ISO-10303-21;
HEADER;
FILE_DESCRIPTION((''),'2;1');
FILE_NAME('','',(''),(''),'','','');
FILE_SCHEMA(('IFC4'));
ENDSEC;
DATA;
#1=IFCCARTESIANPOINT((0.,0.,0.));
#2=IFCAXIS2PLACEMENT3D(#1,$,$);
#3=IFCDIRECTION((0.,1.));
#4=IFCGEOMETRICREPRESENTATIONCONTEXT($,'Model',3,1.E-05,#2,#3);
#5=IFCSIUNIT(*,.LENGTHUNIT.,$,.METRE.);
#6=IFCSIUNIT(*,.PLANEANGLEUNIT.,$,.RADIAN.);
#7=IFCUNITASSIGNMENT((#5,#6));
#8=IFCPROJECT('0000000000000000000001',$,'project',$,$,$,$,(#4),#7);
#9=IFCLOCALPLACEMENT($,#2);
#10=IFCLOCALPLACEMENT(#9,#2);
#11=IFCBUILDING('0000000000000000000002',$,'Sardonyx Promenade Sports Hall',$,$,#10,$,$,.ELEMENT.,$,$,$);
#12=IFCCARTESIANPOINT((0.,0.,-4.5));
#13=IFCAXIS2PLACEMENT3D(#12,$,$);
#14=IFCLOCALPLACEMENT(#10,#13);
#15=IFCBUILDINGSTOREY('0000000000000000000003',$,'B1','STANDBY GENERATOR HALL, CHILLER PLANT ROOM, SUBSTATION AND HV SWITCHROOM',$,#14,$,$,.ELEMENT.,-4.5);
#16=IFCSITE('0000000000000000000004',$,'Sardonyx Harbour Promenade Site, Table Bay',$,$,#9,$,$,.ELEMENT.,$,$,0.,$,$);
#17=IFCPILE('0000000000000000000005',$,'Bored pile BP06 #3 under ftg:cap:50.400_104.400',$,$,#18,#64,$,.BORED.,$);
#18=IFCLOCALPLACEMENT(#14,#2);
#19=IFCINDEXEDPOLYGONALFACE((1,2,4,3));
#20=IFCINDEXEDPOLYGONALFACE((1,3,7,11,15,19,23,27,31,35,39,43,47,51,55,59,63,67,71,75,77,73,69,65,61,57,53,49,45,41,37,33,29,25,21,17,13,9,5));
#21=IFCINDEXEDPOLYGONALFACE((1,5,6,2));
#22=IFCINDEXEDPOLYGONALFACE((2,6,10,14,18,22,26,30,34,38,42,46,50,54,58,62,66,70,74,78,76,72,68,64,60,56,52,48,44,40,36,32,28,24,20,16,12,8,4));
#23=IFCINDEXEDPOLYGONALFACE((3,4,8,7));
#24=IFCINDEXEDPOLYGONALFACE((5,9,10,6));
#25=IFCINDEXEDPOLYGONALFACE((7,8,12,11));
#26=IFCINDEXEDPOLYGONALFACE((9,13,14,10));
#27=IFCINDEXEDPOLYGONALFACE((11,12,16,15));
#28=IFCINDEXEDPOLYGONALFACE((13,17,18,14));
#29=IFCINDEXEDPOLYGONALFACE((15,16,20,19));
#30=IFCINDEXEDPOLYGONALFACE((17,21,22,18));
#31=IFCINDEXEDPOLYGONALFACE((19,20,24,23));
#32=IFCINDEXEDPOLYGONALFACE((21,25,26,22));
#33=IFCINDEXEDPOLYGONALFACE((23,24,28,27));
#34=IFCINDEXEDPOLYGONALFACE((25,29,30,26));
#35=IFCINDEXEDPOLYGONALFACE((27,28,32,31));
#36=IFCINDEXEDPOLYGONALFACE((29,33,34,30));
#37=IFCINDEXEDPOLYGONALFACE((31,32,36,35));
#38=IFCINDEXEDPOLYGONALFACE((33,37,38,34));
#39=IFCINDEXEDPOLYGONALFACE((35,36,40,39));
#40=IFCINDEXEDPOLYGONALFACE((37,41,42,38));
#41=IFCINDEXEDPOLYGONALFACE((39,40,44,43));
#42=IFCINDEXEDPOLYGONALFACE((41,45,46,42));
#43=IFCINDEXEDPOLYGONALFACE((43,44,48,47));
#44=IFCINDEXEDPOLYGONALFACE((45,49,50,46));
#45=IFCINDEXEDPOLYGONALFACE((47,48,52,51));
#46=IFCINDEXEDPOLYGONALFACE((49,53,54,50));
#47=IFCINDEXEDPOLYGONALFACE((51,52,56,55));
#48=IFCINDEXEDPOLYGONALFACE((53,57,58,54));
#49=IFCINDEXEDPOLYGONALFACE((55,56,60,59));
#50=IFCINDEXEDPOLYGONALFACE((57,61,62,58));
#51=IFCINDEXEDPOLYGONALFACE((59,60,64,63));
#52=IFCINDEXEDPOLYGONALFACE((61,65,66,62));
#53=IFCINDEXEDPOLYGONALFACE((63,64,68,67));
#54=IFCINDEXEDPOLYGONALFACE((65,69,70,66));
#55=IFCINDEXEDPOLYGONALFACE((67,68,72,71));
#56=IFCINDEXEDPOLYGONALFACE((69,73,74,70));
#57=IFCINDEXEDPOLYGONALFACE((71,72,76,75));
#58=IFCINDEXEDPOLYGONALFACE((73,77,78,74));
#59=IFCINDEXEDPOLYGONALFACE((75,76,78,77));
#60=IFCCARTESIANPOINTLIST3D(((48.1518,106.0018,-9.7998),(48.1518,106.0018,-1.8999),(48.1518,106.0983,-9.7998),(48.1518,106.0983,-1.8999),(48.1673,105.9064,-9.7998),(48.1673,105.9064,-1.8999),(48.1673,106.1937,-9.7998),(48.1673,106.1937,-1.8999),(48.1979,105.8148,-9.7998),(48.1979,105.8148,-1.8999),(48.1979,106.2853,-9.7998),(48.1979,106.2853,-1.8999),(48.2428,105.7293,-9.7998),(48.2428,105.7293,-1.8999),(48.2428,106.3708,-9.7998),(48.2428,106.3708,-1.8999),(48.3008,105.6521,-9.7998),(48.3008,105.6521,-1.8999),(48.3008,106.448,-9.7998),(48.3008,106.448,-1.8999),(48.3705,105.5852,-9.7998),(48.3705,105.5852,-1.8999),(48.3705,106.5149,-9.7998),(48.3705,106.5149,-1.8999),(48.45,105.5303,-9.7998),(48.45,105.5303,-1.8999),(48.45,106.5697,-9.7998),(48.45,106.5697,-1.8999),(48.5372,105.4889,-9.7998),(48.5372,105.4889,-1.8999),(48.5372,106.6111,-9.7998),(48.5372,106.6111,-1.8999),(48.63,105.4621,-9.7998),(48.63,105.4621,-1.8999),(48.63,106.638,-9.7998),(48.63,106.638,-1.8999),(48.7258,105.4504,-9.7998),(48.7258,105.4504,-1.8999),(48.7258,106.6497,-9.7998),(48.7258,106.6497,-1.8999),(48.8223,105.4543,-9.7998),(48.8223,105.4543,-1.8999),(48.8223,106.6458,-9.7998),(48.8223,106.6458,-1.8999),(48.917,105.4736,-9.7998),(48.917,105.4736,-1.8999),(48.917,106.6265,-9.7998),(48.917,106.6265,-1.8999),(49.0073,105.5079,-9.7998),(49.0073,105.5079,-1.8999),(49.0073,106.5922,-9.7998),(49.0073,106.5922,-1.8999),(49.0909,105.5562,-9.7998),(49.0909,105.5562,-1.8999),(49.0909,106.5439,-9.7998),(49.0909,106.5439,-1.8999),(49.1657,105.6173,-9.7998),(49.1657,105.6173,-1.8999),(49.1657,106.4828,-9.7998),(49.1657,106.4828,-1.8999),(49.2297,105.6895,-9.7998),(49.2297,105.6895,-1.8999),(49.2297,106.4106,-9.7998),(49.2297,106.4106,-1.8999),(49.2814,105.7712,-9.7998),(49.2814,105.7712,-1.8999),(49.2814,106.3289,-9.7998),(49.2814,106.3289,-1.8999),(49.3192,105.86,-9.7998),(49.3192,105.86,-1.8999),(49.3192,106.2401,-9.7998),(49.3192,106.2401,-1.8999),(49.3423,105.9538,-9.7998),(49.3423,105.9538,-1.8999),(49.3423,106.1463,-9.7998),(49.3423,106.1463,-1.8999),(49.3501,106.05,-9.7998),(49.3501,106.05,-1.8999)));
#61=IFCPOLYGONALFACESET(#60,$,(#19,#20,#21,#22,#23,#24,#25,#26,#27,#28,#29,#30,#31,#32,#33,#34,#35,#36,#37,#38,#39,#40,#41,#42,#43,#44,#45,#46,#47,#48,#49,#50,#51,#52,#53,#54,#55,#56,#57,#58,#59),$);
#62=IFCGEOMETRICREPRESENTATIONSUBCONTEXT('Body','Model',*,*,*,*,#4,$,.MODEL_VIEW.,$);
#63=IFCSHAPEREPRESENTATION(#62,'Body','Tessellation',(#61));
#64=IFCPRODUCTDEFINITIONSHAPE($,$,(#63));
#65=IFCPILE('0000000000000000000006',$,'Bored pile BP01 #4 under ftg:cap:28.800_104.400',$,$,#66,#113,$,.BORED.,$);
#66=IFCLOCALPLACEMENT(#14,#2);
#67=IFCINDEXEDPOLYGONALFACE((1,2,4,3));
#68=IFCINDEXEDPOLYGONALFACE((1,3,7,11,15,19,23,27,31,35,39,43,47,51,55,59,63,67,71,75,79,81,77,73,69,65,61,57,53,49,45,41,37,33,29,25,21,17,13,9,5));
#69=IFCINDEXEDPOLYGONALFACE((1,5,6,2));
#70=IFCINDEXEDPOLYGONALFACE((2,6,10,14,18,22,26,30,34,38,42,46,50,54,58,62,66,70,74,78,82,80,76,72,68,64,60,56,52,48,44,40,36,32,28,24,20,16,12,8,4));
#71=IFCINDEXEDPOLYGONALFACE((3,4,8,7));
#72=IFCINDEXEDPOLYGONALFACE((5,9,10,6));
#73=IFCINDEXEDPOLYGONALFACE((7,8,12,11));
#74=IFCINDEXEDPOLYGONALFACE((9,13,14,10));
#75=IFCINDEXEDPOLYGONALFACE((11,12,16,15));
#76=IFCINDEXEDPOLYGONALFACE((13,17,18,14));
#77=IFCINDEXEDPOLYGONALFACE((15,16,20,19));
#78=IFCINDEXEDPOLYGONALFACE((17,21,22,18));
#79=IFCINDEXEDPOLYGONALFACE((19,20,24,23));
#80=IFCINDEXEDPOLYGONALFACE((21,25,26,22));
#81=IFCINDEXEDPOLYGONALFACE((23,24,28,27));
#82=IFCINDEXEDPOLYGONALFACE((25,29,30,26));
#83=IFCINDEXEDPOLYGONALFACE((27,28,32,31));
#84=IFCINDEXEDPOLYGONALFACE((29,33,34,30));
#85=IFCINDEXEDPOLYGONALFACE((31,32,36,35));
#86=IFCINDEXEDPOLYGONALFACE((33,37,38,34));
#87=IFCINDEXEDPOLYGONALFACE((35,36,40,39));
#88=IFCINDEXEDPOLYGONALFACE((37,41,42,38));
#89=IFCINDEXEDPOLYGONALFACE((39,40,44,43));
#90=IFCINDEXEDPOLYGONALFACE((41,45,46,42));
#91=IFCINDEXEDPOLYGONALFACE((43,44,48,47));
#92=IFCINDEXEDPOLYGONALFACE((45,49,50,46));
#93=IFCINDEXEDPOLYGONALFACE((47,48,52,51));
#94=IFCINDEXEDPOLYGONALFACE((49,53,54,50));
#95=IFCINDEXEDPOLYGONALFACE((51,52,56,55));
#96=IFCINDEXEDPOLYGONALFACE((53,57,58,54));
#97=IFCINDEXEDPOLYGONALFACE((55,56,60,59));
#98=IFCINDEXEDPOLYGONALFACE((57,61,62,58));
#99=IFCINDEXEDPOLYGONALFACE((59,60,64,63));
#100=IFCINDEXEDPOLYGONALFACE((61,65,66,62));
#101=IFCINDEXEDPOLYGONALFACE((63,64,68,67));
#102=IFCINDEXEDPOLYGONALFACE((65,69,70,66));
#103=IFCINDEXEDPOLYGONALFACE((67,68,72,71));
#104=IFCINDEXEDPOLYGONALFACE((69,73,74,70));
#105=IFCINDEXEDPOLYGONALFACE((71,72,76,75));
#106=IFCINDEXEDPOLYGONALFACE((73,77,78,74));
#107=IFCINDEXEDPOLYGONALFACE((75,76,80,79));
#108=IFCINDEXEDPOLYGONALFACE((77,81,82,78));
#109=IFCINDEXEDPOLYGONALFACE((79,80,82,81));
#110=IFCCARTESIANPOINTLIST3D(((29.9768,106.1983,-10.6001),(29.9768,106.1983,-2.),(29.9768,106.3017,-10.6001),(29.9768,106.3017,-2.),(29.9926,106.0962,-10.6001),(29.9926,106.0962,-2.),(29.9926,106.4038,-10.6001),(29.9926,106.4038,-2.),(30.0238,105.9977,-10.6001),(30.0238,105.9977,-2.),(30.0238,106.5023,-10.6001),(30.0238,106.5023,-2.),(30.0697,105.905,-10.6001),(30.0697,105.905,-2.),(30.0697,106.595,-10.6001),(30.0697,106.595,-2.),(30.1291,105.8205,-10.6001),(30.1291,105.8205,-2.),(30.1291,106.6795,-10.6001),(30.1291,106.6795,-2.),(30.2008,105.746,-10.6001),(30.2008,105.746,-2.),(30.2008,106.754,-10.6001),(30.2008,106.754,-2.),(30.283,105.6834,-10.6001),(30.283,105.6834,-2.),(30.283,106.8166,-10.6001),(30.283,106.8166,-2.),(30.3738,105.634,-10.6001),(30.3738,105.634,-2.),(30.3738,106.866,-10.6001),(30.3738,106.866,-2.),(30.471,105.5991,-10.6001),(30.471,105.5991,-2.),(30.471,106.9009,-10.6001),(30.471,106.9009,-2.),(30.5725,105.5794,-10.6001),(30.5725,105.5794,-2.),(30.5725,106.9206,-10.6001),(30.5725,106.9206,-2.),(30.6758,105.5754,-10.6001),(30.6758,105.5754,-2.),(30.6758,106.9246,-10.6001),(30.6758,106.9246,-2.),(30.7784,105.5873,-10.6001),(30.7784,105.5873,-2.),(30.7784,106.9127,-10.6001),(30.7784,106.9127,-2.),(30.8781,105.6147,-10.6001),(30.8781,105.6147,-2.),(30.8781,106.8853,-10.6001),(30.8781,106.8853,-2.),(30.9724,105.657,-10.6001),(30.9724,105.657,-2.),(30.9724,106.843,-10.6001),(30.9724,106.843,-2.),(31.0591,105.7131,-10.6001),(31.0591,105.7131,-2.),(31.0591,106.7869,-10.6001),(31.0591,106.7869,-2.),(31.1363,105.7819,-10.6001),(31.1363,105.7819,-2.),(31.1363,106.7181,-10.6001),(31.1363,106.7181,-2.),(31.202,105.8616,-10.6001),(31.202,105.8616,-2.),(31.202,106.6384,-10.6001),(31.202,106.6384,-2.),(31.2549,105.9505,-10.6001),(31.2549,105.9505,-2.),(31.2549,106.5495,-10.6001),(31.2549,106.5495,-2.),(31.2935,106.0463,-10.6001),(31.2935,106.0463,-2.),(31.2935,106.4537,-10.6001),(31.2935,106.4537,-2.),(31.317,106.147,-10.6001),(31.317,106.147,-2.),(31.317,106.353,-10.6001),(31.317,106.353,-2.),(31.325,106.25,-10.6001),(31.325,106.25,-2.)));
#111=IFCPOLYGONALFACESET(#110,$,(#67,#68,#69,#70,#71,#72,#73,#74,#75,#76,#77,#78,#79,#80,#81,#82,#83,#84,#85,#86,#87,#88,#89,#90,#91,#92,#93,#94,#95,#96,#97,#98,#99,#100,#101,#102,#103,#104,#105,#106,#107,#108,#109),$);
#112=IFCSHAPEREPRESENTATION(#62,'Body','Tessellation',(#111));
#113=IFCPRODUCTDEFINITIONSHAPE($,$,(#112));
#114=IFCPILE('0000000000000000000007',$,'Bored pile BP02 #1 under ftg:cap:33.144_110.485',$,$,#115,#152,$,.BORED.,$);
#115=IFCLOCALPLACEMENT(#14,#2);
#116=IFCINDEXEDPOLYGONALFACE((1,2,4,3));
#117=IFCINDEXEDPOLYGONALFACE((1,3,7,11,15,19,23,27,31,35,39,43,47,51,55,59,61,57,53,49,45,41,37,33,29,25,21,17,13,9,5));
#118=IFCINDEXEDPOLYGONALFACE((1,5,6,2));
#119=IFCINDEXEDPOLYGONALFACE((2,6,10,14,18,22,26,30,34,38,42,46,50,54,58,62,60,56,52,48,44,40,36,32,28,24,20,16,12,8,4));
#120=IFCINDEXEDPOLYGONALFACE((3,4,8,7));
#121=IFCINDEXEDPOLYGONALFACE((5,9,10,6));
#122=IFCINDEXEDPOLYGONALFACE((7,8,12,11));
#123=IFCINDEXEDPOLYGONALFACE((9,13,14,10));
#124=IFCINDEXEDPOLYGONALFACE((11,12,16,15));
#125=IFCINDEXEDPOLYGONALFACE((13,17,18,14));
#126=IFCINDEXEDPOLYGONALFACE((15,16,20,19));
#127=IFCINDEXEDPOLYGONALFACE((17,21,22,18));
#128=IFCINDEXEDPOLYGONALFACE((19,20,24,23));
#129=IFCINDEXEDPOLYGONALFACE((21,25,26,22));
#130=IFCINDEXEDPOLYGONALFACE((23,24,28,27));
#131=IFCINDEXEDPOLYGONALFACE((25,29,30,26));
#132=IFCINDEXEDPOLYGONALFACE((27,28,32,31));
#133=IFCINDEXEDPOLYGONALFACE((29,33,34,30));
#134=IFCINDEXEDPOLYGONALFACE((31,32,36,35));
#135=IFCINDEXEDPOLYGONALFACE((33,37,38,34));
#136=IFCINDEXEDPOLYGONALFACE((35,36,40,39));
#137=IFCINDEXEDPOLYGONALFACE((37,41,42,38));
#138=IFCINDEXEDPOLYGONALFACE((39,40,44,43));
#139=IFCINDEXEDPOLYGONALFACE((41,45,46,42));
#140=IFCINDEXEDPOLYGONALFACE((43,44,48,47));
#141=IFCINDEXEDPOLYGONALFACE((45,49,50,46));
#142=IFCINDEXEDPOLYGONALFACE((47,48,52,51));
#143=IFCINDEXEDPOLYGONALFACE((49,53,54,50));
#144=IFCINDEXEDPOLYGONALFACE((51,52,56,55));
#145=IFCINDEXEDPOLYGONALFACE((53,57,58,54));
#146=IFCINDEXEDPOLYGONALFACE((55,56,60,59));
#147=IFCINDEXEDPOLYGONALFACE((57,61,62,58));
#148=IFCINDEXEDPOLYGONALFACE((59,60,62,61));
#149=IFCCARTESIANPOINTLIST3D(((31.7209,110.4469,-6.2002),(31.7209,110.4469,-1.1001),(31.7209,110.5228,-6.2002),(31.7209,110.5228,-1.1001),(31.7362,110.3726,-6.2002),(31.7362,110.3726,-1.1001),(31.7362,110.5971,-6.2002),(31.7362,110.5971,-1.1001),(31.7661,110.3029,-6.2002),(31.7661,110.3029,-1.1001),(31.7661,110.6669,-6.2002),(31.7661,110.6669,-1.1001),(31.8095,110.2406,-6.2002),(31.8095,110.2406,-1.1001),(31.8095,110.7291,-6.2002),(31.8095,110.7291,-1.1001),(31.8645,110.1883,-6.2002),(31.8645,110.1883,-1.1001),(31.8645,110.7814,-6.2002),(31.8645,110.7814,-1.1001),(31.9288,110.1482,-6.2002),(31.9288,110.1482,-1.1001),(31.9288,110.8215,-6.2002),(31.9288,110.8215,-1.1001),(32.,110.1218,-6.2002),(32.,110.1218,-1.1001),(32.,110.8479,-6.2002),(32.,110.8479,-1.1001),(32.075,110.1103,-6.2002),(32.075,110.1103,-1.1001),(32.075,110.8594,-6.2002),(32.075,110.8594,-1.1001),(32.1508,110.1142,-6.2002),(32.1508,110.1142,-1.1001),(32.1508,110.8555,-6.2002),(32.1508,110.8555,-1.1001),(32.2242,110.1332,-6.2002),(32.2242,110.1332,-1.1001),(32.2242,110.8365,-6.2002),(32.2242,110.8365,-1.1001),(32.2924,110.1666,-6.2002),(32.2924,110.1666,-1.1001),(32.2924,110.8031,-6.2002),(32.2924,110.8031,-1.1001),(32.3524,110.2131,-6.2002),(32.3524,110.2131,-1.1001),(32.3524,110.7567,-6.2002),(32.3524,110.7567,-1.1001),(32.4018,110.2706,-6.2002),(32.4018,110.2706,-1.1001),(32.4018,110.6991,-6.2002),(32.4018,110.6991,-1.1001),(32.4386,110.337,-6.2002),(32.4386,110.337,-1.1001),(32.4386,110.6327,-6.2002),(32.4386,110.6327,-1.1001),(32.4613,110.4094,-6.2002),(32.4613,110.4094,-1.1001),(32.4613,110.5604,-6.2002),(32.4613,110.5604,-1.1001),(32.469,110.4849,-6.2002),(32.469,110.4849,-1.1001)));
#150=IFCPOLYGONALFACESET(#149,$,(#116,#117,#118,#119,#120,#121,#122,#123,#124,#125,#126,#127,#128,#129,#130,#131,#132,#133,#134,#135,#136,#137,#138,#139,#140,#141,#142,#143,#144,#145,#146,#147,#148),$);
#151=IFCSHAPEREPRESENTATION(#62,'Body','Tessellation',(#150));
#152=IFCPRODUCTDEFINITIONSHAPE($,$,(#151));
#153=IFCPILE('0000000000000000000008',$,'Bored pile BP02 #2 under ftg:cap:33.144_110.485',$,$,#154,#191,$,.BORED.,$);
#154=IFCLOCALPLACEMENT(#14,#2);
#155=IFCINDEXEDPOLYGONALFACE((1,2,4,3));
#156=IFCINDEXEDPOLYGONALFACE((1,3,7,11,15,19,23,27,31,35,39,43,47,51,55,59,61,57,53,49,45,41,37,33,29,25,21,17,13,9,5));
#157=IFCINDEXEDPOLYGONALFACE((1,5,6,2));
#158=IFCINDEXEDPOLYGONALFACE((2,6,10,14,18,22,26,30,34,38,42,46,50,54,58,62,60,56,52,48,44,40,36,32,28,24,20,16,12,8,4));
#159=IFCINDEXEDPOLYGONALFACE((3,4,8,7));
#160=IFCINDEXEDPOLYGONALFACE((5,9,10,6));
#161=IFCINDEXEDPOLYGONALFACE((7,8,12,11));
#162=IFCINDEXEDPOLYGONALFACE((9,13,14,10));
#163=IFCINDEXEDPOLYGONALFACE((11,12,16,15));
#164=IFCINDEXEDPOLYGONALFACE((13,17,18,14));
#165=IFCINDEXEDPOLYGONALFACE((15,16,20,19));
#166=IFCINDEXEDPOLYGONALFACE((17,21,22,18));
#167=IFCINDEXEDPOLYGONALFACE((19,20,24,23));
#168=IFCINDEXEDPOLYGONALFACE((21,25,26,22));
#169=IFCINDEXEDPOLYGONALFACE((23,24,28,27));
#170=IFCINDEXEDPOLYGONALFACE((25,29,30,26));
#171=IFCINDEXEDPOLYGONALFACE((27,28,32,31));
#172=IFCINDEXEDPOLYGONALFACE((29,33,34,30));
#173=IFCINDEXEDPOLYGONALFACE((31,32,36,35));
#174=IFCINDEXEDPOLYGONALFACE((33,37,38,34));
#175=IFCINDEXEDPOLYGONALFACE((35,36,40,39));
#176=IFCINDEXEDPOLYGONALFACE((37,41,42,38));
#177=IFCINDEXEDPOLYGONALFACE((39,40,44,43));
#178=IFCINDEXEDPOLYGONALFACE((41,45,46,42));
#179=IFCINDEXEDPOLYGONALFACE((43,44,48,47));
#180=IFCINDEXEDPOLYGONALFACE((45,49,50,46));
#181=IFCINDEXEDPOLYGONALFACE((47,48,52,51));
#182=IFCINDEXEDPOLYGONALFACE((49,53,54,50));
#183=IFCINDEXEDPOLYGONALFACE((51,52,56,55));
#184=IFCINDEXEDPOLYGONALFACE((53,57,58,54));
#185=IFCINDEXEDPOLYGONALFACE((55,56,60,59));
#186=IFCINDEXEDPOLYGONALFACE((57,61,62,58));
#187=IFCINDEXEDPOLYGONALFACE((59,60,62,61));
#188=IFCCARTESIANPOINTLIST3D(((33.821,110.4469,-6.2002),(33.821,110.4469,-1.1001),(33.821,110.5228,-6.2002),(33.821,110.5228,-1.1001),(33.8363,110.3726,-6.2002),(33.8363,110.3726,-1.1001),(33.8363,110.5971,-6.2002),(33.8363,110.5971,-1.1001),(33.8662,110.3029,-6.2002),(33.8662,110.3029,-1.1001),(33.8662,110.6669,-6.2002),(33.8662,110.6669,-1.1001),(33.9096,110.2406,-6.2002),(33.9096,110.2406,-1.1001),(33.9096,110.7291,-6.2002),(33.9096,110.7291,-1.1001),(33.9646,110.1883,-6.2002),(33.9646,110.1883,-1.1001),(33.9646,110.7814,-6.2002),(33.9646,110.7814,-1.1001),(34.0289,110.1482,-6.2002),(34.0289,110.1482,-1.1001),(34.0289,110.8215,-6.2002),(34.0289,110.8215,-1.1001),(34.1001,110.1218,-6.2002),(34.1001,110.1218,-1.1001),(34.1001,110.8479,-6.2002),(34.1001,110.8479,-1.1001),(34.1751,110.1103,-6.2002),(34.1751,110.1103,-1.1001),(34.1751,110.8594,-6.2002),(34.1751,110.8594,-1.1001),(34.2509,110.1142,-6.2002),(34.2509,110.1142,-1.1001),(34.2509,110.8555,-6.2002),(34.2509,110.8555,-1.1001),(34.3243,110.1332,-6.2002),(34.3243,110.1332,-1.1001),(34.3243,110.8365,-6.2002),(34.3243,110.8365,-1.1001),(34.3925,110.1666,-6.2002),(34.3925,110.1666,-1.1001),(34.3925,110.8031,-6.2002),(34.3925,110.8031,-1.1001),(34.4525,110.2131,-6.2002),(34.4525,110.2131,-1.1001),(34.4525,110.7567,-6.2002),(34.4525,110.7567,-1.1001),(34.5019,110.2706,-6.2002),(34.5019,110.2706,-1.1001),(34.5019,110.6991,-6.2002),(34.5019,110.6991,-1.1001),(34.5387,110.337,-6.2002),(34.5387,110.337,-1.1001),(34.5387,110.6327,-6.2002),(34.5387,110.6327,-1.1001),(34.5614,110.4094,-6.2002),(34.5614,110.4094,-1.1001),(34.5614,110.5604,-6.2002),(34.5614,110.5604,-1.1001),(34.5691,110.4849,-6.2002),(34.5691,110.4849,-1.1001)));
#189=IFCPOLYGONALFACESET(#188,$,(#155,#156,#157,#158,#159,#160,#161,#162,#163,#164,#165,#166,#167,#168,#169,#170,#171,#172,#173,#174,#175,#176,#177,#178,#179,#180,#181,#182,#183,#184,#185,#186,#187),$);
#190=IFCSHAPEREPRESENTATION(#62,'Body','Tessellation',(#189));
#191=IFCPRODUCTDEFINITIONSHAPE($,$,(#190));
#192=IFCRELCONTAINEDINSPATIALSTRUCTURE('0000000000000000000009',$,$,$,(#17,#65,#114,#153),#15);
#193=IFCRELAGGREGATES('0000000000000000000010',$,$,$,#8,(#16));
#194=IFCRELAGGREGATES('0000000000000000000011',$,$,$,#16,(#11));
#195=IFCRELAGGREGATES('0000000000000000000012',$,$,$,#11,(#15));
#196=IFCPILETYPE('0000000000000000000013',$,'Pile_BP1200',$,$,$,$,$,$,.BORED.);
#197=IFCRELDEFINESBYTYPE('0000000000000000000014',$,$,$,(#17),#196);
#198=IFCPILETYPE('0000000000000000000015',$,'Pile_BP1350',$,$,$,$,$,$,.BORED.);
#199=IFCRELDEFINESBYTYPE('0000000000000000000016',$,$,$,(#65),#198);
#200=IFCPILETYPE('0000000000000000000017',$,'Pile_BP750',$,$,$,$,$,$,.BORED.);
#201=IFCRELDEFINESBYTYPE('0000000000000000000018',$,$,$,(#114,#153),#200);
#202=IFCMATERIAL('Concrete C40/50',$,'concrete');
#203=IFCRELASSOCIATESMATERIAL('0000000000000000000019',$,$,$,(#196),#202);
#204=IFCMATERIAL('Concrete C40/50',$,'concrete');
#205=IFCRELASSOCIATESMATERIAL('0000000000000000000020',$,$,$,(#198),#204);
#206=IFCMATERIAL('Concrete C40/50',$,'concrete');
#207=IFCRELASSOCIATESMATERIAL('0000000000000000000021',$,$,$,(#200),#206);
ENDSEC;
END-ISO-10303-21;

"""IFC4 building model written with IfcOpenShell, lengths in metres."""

from ifc_helpers import new_model, si_unit, direction, frame, origin, origin_2d, place, context, subcontext, project, spatial, circle, extrude, material, material_profile, profile_set, type_object, element, save


model = new_model("IFC4")

# Units and contexts
model_context = context("Model", 3, precision=1e-05, world=origin(), true_north=direction((0.0, 1.0)))
body_context = subcontext(model_context, "Body", "Model", "MODEL_VIEW")
ifc_project = project(units=[si_unit("LENGTHUNIT", "METRE"), si_unit("PLANEANGLEUNIT", "RADIAN")], contexts=[model_context])

# Site, building, storey
site_placement = place(None, origin())
site = spatial("IfcSite", under=ifc_project, at=site_placement, Name="Sardonyx Harbour Promenade Site, Table Bay", CompositionType="ELEMENT", RefElevation=0.0)
building_placement = place(site_placement, origin())
building = spatial("IfcBuilding", under=site, at=building_placement, Name="Sardonyx Promenade Sports Hall", CompositionType="ELEMENT")
storey_placement = place(building_placement, frame((0.0, 0.0, -4.5)))
storey = spatial("IfcBuildingStorey", under=building, at=storey_placement, Name="B1", Description="STANDBY GENERATOR HALL, CHILLER PLANT ROOM, SUBSTATION AND HV SWITCHROOM", CompositionType="ELEMENT", Elevation=-4.5)

# Piles
ifc_material_1 = material(Name="Concrete C40/50", Category="concrete")
ifc_material_profile_1 = material_profile(ifc_material_1, circle(Radius=0.6001, at=origin_2d()))
ifc_profile_set_1 = profile_set([ifc_material_profile_1], Name="Concrete C40/50")
pile_type_1 = type_object("IfcPileType", Name="Pile_BP1200", PredefinedType="BORED", material=ifc_profile_set_1)
pile_1_placement = place(storey_placement, frame((48.75, 106.05, -1.8999), z_axis=(0.0, 0.0, -1.0), x_axis=(1.0, 0.0, 0.0)))
element("IfcPile", 1, at=pile_1_placement, inside=storey, type_object=pile_type_1, Name="Bored pile BP06 #3 under ftg:cap:50.400_104.400", PredefinedType="BORED", context=body_context, shape_type="SweptSolid", body=[
    extrude(circle(Radius=0.6001, at=origin_2d()), origin(), (0.0, 0.0, 1.0), 7.8999),
])
ifc_material_2 = material(Name="Concrete C40/50", Category="concrete")
ifc_material_profile_2 = material_profile(ifc_material_2, circle(Radius=0.675, at=origin_2d()))
ifc_profile_set_2 = profile_set([ifc_material_profile_2], Name="Concrete C40/50")
pile_type_2 = type_object("IfcPileType", Name="Pile_BP1350", PredefinedType="BORED", material=ifc_profile_set_2)
pile_2_placement = place(storey_placement, frame((30.6499, 106.25, -2.0), z_axis=(0.0, 0.0, -1.0), x_axis=(1.0, 0.0, 0.0)))
element("IfcPile", 2, at=pile_2_placement, inside=storey, type_object=pile_type_2, Name="Bored pile BP01 #4 under ftg:cap:28.800_104.400", PredefinedType="BORED", context=body_context, shape_type="SweptSolid", body=[
    extrude(circle(Radius=0.675, at=origin_2d()), origin(), (0.0, 0.0, 1.0), 8.6001),
])
ifc_material_3 = material(Name="Concrete C40/50", Category="concrete")
ifc_material_profile_3 = material_profile(ifc_material_3, circle(Radius=0.375, at=origin_2d()))
ifc_profile_set_3 = profile_set([ifc_material_profile_3], Name="Concrete C40/50")
pile_type_3 = type_object("IfcPileType", Name="Pile_BP750", PredefinedType="BORED", material=ifc_profile_set_3)
for number, where, z_axis, x_axis, name in (
    (3, (32.094, 110.4849, -1.1001), (0.0, 0.0, -1.0), (1.0, 0.0, 0.0), "Bored pile BP02 #1 under ftg:cap:33.144_110.485"),
    (4, (34.1941, 110.4849, -1.1001), (0.0, 0.0, -1.0), (1.0, 0.0, 0.0), "Bored pile BP02 #2 under ftg:cap:33.144_110.485"),
):
    element("IfcPile", number, at=place(storey_placement, frame(where, z_axis=z_axis, x_axis=x_axis)), inside=storey, type_object=pile_type_3, Name=name, PredefinedType="BORED", context=body_context, shape_type="SweptSolid", body=[
        extrude(circle(Radius=0.375, at=origin_2d()), origin(), (0.0, 0.0, 1.0), 5.1001),
    ])

save(model, "model.ifc")
